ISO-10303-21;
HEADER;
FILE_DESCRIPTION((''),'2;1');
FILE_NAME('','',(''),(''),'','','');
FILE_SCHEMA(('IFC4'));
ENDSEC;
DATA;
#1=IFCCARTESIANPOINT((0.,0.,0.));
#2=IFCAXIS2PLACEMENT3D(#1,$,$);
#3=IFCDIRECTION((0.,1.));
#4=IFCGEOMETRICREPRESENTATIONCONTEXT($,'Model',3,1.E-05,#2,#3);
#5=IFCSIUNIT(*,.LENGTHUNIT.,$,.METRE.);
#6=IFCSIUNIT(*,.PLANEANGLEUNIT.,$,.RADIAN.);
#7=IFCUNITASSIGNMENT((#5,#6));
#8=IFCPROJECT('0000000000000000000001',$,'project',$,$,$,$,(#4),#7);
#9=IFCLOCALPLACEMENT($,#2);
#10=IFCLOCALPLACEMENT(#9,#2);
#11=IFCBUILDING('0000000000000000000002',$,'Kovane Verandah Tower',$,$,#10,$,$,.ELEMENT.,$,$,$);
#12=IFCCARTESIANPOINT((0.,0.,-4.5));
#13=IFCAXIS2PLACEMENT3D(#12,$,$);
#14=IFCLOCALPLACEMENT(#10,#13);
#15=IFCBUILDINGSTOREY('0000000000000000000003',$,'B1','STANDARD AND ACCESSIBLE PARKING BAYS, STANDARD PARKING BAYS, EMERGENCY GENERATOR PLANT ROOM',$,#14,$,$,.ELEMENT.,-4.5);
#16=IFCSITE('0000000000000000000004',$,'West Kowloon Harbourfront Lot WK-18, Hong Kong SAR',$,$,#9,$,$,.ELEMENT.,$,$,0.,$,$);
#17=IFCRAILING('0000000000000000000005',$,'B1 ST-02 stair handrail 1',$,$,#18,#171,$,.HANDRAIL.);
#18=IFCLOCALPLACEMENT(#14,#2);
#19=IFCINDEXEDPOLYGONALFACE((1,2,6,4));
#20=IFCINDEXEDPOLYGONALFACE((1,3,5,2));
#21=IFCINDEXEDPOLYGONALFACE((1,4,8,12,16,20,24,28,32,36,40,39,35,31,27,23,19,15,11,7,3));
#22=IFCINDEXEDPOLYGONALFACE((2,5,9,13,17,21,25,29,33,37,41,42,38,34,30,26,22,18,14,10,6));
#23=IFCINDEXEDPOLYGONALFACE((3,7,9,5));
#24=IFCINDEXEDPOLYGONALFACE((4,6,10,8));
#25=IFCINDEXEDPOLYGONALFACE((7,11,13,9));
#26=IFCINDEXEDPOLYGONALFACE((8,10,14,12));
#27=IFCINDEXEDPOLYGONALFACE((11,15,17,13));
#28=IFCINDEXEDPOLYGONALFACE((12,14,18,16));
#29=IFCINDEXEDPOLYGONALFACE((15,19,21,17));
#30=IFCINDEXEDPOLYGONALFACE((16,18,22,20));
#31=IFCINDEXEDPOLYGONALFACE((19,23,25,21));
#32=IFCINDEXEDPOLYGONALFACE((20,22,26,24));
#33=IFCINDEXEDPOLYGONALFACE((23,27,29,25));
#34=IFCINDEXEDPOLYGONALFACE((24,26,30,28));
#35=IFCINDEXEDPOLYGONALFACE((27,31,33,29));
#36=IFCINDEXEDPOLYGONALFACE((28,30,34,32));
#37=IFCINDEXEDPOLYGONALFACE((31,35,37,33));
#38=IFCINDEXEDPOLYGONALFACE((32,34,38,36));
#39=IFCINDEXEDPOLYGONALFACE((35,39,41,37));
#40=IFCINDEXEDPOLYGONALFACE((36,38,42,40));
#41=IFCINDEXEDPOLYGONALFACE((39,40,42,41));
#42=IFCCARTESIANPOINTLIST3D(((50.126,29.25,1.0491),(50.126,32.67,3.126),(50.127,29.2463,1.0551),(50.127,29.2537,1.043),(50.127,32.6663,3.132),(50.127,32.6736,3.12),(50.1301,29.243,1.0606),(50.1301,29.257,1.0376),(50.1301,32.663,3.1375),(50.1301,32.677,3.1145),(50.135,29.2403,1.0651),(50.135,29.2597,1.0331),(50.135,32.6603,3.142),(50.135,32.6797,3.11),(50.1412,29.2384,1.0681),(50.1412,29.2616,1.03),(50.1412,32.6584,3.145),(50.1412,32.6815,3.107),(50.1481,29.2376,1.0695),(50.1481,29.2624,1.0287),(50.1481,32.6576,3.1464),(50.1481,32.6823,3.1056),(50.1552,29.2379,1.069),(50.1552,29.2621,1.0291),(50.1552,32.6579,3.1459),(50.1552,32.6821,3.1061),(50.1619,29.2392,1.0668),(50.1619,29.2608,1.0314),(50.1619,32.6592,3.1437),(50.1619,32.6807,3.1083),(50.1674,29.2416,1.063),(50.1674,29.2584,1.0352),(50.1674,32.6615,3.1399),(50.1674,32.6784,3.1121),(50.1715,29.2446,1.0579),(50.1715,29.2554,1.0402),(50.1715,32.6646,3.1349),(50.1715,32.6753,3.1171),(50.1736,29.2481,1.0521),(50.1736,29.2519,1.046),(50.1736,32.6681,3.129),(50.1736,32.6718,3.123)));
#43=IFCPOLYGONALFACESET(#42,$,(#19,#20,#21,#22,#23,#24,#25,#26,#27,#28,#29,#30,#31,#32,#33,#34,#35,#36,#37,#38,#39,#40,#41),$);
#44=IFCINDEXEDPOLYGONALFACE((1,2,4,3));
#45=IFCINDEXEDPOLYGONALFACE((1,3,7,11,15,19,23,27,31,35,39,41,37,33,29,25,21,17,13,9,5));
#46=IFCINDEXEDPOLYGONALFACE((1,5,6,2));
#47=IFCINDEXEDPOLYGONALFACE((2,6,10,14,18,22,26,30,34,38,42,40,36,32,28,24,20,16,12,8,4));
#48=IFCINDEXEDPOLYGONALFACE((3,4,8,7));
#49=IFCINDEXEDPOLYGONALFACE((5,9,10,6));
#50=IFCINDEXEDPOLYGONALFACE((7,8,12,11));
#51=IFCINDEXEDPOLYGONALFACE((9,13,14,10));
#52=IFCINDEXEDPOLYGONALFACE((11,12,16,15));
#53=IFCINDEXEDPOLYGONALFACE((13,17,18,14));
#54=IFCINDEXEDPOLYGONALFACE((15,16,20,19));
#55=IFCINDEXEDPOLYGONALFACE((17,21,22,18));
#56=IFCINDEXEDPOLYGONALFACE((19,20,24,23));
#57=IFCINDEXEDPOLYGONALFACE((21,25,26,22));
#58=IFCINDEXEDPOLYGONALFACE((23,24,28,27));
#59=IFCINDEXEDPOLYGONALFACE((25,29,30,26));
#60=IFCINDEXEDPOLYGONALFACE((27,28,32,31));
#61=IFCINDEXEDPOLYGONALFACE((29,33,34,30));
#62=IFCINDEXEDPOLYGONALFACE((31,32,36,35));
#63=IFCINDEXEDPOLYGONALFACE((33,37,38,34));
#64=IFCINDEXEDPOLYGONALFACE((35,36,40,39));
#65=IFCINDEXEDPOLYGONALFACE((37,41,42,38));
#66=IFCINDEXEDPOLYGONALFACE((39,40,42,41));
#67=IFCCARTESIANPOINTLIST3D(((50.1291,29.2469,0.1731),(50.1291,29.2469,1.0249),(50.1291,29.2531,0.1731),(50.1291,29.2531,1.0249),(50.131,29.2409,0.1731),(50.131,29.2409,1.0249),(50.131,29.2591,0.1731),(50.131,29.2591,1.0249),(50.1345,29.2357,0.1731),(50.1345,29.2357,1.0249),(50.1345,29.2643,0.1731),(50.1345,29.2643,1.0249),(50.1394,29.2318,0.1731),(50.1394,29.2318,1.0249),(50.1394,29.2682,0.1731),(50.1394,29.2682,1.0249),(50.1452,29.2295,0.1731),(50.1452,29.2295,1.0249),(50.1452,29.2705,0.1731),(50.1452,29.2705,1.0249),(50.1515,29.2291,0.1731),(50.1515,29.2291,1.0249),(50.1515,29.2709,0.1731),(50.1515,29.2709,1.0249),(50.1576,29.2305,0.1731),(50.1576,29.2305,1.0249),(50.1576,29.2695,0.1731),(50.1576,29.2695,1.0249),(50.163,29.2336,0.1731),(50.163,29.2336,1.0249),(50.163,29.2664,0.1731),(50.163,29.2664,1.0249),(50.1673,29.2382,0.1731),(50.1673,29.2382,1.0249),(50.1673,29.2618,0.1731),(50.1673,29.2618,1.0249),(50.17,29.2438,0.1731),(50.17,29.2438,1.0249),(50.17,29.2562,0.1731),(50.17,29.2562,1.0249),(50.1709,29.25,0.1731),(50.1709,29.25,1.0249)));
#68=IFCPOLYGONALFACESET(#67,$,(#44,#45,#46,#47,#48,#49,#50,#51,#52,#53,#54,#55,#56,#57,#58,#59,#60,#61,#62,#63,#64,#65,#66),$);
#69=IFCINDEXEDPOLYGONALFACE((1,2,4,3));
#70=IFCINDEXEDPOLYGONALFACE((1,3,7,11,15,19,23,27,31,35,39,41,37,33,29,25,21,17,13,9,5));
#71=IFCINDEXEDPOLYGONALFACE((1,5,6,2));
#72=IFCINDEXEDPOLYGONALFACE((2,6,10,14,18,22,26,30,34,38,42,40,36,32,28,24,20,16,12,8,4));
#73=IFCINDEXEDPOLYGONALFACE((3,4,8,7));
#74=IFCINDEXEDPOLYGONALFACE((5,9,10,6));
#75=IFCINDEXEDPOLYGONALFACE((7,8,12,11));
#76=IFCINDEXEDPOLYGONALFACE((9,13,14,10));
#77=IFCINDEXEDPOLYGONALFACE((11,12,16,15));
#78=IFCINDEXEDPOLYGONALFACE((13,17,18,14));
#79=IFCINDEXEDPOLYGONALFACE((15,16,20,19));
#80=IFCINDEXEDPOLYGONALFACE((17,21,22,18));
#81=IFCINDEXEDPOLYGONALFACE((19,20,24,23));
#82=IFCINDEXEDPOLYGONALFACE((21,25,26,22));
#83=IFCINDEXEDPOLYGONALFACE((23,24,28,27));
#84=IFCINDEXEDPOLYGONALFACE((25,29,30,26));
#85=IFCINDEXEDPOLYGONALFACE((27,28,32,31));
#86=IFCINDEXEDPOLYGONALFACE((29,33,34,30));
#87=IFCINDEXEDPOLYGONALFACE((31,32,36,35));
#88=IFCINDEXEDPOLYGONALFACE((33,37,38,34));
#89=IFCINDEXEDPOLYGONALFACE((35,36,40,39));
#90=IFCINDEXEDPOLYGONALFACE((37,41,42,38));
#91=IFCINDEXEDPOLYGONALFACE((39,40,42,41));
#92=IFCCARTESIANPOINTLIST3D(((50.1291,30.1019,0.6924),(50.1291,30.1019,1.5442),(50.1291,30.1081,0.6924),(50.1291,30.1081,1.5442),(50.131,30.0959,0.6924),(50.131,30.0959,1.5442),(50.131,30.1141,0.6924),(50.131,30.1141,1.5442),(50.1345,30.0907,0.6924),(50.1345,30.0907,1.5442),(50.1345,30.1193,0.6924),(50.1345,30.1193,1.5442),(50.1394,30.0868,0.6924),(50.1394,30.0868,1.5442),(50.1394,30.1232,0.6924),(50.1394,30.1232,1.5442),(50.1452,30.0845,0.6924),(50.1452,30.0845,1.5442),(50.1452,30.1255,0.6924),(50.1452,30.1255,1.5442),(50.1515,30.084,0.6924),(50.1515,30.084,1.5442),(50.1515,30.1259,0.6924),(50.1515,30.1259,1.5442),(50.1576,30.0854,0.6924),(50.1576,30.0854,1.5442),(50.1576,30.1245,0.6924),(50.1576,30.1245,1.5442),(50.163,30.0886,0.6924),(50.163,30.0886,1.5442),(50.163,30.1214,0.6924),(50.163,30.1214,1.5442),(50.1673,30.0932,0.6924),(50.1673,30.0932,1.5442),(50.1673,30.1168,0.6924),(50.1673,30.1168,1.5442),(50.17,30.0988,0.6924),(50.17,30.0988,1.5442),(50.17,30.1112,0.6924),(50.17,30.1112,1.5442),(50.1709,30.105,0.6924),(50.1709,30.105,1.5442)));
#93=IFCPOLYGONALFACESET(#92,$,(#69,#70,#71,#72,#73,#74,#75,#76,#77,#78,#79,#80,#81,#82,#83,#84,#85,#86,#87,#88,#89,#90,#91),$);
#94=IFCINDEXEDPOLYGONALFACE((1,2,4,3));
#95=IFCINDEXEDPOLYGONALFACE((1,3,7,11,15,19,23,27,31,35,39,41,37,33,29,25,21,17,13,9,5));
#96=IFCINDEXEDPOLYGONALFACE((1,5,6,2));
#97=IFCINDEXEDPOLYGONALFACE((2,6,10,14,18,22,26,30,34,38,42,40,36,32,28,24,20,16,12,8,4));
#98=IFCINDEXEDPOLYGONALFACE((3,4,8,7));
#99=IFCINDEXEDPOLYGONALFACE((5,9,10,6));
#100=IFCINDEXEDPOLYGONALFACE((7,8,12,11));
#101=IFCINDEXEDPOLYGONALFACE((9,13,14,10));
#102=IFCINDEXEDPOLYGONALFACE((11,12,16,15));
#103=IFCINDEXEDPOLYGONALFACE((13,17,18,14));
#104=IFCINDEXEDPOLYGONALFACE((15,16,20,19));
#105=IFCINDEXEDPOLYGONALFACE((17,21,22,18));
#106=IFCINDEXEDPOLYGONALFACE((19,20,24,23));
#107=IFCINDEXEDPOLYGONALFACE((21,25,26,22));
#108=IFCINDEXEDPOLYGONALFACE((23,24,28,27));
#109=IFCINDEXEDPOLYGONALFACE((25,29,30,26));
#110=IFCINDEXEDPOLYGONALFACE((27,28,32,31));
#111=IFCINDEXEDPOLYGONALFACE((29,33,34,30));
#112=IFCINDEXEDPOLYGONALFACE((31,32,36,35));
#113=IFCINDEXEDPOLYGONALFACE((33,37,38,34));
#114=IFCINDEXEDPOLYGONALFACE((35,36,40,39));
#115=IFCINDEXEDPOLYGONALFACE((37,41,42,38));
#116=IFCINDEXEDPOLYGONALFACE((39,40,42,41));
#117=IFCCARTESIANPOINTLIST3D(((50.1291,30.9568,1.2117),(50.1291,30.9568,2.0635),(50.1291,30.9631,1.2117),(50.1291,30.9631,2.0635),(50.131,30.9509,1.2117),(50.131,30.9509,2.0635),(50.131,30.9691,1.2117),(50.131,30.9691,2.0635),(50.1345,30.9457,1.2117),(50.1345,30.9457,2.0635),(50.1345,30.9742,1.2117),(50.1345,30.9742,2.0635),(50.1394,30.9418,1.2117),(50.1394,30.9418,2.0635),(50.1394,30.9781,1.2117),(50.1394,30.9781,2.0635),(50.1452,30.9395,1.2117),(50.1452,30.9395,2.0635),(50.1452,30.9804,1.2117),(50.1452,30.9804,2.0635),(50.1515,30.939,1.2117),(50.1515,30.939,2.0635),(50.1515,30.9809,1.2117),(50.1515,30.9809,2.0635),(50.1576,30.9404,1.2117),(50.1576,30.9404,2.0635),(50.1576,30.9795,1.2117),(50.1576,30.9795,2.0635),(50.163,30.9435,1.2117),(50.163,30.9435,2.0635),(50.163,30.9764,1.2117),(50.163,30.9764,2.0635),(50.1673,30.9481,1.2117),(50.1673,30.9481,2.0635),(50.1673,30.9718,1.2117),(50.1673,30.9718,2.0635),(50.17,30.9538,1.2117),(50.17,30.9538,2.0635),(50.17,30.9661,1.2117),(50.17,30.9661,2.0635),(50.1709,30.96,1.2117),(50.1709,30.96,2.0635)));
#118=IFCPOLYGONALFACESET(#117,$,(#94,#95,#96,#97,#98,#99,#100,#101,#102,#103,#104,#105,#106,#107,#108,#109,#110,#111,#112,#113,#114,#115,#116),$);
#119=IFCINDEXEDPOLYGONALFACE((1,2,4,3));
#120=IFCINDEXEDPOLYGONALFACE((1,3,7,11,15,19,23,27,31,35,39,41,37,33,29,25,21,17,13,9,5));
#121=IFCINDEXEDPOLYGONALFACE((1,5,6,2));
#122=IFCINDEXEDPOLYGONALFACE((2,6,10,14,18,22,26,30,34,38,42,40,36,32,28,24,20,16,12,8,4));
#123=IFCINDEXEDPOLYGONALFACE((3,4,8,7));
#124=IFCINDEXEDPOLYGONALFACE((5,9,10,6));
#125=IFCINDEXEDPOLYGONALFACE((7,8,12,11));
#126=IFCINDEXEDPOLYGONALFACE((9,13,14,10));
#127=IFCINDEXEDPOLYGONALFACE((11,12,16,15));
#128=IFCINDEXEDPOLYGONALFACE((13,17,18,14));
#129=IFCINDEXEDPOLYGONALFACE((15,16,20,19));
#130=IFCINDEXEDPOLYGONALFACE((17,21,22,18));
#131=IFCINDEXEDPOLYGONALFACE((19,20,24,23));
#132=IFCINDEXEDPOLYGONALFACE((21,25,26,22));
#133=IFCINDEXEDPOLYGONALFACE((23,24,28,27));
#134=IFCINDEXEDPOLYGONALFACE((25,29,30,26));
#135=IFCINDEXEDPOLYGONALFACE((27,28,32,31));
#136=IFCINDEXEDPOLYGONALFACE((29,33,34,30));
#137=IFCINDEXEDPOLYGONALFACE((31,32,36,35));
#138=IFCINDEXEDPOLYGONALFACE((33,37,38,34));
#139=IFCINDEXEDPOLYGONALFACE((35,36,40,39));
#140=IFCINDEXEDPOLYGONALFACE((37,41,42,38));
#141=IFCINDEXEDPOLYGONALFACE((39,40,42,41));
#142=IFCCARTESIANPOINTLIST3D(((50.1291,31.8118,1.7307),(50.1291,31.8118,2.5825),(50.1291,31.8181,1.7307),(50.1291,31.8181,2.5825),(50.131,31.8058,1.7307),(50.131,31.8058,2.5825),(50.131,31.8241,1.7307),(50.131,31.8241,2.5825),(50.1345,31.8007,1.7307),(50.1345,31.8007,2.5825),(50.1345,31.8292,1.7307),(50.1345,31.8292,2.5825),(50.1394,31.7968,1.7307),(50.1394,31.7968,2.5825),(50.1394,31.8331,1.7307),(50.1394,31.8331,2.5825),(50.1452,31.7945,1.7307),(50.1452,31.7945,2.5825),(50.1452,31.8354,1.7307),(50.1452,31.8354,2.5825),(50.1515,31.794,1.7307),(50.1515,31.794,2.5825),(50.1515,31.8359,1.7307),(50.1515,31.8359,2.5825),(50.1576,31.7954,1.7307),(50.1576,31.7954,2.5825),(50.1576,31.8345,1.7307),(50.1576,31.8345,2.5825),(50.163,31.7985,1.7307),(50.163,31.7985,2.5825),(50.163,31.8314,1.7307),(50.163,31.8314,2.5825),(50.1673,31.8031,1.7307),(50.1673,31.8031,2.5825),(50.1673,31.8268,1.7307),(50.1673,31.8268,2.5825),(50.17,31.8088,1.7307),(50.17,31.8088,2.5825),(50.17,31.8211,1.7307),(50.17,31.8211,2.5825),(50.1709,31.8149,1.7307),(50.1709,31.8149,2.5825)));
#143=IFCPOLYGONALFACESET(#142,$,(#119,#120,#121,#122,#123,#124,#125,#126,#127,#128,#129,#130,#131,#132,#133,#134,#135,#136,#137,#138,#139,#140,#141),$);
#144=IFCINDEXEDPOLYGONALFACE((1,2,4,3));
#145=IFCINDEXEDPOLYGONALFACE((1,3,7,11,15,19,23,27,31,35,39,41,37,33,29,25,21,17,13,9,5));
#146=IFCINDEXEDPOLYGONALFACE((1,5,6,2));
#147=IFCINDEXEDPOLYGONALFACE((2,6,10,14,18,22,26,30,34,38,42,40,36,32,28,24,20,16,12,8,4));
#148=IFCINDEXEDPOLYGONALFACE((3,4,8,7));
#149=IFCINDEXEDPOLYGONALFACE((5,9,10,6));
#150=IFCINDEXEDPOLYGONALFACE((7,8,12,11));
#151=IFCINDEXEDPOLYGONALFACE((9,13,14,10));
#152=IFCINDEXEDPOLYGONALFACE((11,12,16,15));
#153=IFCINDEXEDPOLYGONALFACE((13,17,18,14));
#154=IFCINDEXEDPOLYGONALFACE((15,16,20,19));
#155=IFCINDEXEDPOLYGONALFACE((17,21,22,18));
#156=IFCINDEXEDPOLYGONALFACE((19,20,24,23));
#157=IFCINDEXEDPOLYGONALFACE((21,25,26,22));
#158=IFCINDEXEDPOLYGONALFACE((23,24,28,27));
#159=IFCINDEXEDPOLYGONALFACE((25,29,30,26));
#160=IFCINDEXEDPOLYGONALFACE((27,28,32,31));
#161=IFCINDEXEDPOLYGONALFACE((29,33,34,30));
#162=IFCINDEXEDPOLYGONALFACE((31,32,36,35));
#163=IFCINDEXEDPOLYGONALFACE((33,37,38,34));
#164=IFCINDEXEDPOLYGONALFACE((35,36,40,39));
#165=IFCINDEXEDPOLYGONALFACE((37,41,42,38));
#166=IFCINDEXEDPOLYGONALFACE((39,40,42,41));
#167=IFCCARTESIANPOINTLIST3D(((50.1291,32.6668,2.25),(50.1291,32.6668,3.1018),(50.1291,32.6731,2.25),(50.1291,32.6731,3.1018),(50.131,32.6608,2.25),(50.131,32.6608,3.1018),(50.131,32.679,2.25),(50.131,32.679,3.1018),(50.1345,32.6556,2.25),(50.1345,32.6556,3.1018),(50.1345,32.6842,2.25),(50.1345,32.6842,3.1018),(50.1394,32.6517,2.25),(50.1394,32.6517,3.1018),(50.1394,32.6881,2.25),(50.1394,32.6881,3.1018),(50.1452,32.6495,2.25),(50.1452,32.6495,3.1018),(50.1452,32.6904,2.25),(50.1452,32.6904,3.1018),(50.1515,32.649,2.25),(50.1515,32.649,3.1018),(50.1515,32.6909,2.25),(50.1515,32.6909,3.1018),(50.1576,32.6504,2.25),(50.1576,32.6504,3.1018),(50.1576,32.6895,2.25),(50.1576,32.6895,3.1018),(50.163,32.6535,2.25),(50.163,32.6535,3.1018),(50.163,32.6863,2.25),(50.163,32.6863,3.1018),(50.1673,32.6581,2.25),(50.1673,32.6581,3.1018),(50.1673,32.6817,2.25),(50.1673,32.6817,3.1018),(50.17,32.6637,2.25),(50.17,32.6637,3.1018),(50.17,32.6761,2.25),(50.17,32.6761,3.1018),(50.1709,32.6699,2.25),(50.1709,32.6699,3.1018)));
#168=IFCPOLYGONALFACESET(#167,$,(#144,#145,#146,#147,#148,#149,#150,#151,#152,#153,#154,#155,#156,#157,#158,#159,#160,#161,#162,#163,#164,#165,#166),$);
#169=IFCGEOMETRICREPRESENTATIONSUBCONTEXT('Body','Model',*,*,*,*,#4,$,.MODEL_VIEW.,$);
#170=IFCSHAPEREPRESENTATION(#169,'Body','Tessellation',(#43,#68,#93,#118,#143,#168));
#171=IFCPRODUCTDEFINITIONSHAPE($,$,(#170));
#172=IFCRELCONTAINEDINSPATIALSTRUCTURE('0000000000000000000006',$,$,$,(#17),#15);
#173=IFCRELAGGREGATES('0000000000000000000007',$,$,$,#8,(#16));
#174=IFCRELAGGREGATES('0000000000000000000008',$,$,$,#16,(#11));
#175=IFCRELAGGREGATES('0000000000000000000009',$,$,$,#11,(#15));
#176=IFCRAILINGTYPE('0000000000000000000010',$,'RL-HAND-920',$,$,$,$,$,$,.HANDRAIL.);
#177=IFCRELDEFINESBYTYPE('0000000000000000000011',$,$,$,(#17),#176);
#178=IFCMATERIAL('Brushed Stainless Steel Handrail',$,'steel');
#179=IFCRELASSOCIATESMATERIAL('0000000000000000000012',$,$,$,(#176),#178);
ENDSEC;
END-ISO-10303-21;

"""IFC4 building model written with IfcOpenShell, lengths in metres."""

from ifc_helpers import new_model, si_unit, direction, frame, origin, origin_2d, place, context, subcontext, project, spatial, circle, extrude, material, type_object, element, save


model = new_model("IFC4")

# Units and contexts
model_context = context("Model", 3, precision=1e-05, world=origin(), true_north=direction((0.0, 1.0)))
body_context = subcontext(model_context, "Body", "Model", "MODEL_VIEW")
ifc_project = project(units=[si_unit("LENGTHUNIT", "METRE"), si_unit("PLANEANGLEUNIT", "RADIAN")], contexts=[model_context])

# Site, building, storey
site_placement = place(None, origin())
site = spatial("IfcSite", under=ifc_project, at=site_placement, Name="West Kowloon Harbourfront Lot WK-18, Hong Kong SAR", CompositionType="ELEMENT", RefElevation=0.0)
building_placement = place(site_placement, origin())
building = spatial("IfcBuilding", under=site, at=building_placement, Name="Kovane Verandah Tower", CompositionType="ELEMENT")
storey_placement = place(building_placement, frame((0.0, 0.0, -4.5)))
storey = spatial("IfcBuildingStorey", under=building, at=storey_placement, Name="B1", Description="STANDARD AND ACCESSIBLE PARKING BAYS, STANDARD PARKING BAYS, EMERGENCY GENERATOR PLANT ROOM", CompositionType="ELEMENT", Elevation=-4.5)

# Railing
ifc_material_1 = material(Name="Brushed Stainless Steel Handrail", Category="steel")
railing_type_1 = type_object("IfcRailingType", Name="RL-HAND-920", PredefinedType="HANDRAIL", material=ifc_material_1)
railing_1_placement = place(storey_placement, frame((50.1499, 29.25, 0.1731)))
element("IfcRailing", 1, at=railing_1_placement, inside=storey, type_object=railing_type_1, Name="B1 ST-02 stair handrail 1", PredefinedType="HANDRAIL", context=body_context, shape_type="SweptSolid", body=[
    extrude(circle(Radius=0.0239, at=origin_2d()), frame((0.0, 0.0, 0.876), z_axis=(0.0, 0.85473, 0.519074), x_axis=(-1.0, 0.0, 0.0)), (0.0, 0.0, 1.0), 4.0012),
    extrude(circle(Radius=0.021, at=origin_2d()), origin(), (0.0, 0.0, 1.0), 0.8518),
    extrude(circle(Radius=0.021, at=origin_2d()), frame((0.0, 0.855, 0.5193)), (0.0, 0.0, 1.0), 0.8518),
    extrude(circle(Radius=0.021, at=origin_2d()), frame((0.0, 1.71, 1.0386)), (0.0, 0.0, 1.0), 0.8518),
    extrude(circle(Radius=0.021, at=origin_2d()), frame((0.0, 2.5649, 1.5576)), (0.0, 0.0, 1.0), 0.8518),
    extrude(circle(Radius=0.021, at=origin_2d()), frame((0.0, 3.4199, 2.0769)), (0.0, 0.0, 1.0), 0.8518),
])

save(model, "model.ifc")
